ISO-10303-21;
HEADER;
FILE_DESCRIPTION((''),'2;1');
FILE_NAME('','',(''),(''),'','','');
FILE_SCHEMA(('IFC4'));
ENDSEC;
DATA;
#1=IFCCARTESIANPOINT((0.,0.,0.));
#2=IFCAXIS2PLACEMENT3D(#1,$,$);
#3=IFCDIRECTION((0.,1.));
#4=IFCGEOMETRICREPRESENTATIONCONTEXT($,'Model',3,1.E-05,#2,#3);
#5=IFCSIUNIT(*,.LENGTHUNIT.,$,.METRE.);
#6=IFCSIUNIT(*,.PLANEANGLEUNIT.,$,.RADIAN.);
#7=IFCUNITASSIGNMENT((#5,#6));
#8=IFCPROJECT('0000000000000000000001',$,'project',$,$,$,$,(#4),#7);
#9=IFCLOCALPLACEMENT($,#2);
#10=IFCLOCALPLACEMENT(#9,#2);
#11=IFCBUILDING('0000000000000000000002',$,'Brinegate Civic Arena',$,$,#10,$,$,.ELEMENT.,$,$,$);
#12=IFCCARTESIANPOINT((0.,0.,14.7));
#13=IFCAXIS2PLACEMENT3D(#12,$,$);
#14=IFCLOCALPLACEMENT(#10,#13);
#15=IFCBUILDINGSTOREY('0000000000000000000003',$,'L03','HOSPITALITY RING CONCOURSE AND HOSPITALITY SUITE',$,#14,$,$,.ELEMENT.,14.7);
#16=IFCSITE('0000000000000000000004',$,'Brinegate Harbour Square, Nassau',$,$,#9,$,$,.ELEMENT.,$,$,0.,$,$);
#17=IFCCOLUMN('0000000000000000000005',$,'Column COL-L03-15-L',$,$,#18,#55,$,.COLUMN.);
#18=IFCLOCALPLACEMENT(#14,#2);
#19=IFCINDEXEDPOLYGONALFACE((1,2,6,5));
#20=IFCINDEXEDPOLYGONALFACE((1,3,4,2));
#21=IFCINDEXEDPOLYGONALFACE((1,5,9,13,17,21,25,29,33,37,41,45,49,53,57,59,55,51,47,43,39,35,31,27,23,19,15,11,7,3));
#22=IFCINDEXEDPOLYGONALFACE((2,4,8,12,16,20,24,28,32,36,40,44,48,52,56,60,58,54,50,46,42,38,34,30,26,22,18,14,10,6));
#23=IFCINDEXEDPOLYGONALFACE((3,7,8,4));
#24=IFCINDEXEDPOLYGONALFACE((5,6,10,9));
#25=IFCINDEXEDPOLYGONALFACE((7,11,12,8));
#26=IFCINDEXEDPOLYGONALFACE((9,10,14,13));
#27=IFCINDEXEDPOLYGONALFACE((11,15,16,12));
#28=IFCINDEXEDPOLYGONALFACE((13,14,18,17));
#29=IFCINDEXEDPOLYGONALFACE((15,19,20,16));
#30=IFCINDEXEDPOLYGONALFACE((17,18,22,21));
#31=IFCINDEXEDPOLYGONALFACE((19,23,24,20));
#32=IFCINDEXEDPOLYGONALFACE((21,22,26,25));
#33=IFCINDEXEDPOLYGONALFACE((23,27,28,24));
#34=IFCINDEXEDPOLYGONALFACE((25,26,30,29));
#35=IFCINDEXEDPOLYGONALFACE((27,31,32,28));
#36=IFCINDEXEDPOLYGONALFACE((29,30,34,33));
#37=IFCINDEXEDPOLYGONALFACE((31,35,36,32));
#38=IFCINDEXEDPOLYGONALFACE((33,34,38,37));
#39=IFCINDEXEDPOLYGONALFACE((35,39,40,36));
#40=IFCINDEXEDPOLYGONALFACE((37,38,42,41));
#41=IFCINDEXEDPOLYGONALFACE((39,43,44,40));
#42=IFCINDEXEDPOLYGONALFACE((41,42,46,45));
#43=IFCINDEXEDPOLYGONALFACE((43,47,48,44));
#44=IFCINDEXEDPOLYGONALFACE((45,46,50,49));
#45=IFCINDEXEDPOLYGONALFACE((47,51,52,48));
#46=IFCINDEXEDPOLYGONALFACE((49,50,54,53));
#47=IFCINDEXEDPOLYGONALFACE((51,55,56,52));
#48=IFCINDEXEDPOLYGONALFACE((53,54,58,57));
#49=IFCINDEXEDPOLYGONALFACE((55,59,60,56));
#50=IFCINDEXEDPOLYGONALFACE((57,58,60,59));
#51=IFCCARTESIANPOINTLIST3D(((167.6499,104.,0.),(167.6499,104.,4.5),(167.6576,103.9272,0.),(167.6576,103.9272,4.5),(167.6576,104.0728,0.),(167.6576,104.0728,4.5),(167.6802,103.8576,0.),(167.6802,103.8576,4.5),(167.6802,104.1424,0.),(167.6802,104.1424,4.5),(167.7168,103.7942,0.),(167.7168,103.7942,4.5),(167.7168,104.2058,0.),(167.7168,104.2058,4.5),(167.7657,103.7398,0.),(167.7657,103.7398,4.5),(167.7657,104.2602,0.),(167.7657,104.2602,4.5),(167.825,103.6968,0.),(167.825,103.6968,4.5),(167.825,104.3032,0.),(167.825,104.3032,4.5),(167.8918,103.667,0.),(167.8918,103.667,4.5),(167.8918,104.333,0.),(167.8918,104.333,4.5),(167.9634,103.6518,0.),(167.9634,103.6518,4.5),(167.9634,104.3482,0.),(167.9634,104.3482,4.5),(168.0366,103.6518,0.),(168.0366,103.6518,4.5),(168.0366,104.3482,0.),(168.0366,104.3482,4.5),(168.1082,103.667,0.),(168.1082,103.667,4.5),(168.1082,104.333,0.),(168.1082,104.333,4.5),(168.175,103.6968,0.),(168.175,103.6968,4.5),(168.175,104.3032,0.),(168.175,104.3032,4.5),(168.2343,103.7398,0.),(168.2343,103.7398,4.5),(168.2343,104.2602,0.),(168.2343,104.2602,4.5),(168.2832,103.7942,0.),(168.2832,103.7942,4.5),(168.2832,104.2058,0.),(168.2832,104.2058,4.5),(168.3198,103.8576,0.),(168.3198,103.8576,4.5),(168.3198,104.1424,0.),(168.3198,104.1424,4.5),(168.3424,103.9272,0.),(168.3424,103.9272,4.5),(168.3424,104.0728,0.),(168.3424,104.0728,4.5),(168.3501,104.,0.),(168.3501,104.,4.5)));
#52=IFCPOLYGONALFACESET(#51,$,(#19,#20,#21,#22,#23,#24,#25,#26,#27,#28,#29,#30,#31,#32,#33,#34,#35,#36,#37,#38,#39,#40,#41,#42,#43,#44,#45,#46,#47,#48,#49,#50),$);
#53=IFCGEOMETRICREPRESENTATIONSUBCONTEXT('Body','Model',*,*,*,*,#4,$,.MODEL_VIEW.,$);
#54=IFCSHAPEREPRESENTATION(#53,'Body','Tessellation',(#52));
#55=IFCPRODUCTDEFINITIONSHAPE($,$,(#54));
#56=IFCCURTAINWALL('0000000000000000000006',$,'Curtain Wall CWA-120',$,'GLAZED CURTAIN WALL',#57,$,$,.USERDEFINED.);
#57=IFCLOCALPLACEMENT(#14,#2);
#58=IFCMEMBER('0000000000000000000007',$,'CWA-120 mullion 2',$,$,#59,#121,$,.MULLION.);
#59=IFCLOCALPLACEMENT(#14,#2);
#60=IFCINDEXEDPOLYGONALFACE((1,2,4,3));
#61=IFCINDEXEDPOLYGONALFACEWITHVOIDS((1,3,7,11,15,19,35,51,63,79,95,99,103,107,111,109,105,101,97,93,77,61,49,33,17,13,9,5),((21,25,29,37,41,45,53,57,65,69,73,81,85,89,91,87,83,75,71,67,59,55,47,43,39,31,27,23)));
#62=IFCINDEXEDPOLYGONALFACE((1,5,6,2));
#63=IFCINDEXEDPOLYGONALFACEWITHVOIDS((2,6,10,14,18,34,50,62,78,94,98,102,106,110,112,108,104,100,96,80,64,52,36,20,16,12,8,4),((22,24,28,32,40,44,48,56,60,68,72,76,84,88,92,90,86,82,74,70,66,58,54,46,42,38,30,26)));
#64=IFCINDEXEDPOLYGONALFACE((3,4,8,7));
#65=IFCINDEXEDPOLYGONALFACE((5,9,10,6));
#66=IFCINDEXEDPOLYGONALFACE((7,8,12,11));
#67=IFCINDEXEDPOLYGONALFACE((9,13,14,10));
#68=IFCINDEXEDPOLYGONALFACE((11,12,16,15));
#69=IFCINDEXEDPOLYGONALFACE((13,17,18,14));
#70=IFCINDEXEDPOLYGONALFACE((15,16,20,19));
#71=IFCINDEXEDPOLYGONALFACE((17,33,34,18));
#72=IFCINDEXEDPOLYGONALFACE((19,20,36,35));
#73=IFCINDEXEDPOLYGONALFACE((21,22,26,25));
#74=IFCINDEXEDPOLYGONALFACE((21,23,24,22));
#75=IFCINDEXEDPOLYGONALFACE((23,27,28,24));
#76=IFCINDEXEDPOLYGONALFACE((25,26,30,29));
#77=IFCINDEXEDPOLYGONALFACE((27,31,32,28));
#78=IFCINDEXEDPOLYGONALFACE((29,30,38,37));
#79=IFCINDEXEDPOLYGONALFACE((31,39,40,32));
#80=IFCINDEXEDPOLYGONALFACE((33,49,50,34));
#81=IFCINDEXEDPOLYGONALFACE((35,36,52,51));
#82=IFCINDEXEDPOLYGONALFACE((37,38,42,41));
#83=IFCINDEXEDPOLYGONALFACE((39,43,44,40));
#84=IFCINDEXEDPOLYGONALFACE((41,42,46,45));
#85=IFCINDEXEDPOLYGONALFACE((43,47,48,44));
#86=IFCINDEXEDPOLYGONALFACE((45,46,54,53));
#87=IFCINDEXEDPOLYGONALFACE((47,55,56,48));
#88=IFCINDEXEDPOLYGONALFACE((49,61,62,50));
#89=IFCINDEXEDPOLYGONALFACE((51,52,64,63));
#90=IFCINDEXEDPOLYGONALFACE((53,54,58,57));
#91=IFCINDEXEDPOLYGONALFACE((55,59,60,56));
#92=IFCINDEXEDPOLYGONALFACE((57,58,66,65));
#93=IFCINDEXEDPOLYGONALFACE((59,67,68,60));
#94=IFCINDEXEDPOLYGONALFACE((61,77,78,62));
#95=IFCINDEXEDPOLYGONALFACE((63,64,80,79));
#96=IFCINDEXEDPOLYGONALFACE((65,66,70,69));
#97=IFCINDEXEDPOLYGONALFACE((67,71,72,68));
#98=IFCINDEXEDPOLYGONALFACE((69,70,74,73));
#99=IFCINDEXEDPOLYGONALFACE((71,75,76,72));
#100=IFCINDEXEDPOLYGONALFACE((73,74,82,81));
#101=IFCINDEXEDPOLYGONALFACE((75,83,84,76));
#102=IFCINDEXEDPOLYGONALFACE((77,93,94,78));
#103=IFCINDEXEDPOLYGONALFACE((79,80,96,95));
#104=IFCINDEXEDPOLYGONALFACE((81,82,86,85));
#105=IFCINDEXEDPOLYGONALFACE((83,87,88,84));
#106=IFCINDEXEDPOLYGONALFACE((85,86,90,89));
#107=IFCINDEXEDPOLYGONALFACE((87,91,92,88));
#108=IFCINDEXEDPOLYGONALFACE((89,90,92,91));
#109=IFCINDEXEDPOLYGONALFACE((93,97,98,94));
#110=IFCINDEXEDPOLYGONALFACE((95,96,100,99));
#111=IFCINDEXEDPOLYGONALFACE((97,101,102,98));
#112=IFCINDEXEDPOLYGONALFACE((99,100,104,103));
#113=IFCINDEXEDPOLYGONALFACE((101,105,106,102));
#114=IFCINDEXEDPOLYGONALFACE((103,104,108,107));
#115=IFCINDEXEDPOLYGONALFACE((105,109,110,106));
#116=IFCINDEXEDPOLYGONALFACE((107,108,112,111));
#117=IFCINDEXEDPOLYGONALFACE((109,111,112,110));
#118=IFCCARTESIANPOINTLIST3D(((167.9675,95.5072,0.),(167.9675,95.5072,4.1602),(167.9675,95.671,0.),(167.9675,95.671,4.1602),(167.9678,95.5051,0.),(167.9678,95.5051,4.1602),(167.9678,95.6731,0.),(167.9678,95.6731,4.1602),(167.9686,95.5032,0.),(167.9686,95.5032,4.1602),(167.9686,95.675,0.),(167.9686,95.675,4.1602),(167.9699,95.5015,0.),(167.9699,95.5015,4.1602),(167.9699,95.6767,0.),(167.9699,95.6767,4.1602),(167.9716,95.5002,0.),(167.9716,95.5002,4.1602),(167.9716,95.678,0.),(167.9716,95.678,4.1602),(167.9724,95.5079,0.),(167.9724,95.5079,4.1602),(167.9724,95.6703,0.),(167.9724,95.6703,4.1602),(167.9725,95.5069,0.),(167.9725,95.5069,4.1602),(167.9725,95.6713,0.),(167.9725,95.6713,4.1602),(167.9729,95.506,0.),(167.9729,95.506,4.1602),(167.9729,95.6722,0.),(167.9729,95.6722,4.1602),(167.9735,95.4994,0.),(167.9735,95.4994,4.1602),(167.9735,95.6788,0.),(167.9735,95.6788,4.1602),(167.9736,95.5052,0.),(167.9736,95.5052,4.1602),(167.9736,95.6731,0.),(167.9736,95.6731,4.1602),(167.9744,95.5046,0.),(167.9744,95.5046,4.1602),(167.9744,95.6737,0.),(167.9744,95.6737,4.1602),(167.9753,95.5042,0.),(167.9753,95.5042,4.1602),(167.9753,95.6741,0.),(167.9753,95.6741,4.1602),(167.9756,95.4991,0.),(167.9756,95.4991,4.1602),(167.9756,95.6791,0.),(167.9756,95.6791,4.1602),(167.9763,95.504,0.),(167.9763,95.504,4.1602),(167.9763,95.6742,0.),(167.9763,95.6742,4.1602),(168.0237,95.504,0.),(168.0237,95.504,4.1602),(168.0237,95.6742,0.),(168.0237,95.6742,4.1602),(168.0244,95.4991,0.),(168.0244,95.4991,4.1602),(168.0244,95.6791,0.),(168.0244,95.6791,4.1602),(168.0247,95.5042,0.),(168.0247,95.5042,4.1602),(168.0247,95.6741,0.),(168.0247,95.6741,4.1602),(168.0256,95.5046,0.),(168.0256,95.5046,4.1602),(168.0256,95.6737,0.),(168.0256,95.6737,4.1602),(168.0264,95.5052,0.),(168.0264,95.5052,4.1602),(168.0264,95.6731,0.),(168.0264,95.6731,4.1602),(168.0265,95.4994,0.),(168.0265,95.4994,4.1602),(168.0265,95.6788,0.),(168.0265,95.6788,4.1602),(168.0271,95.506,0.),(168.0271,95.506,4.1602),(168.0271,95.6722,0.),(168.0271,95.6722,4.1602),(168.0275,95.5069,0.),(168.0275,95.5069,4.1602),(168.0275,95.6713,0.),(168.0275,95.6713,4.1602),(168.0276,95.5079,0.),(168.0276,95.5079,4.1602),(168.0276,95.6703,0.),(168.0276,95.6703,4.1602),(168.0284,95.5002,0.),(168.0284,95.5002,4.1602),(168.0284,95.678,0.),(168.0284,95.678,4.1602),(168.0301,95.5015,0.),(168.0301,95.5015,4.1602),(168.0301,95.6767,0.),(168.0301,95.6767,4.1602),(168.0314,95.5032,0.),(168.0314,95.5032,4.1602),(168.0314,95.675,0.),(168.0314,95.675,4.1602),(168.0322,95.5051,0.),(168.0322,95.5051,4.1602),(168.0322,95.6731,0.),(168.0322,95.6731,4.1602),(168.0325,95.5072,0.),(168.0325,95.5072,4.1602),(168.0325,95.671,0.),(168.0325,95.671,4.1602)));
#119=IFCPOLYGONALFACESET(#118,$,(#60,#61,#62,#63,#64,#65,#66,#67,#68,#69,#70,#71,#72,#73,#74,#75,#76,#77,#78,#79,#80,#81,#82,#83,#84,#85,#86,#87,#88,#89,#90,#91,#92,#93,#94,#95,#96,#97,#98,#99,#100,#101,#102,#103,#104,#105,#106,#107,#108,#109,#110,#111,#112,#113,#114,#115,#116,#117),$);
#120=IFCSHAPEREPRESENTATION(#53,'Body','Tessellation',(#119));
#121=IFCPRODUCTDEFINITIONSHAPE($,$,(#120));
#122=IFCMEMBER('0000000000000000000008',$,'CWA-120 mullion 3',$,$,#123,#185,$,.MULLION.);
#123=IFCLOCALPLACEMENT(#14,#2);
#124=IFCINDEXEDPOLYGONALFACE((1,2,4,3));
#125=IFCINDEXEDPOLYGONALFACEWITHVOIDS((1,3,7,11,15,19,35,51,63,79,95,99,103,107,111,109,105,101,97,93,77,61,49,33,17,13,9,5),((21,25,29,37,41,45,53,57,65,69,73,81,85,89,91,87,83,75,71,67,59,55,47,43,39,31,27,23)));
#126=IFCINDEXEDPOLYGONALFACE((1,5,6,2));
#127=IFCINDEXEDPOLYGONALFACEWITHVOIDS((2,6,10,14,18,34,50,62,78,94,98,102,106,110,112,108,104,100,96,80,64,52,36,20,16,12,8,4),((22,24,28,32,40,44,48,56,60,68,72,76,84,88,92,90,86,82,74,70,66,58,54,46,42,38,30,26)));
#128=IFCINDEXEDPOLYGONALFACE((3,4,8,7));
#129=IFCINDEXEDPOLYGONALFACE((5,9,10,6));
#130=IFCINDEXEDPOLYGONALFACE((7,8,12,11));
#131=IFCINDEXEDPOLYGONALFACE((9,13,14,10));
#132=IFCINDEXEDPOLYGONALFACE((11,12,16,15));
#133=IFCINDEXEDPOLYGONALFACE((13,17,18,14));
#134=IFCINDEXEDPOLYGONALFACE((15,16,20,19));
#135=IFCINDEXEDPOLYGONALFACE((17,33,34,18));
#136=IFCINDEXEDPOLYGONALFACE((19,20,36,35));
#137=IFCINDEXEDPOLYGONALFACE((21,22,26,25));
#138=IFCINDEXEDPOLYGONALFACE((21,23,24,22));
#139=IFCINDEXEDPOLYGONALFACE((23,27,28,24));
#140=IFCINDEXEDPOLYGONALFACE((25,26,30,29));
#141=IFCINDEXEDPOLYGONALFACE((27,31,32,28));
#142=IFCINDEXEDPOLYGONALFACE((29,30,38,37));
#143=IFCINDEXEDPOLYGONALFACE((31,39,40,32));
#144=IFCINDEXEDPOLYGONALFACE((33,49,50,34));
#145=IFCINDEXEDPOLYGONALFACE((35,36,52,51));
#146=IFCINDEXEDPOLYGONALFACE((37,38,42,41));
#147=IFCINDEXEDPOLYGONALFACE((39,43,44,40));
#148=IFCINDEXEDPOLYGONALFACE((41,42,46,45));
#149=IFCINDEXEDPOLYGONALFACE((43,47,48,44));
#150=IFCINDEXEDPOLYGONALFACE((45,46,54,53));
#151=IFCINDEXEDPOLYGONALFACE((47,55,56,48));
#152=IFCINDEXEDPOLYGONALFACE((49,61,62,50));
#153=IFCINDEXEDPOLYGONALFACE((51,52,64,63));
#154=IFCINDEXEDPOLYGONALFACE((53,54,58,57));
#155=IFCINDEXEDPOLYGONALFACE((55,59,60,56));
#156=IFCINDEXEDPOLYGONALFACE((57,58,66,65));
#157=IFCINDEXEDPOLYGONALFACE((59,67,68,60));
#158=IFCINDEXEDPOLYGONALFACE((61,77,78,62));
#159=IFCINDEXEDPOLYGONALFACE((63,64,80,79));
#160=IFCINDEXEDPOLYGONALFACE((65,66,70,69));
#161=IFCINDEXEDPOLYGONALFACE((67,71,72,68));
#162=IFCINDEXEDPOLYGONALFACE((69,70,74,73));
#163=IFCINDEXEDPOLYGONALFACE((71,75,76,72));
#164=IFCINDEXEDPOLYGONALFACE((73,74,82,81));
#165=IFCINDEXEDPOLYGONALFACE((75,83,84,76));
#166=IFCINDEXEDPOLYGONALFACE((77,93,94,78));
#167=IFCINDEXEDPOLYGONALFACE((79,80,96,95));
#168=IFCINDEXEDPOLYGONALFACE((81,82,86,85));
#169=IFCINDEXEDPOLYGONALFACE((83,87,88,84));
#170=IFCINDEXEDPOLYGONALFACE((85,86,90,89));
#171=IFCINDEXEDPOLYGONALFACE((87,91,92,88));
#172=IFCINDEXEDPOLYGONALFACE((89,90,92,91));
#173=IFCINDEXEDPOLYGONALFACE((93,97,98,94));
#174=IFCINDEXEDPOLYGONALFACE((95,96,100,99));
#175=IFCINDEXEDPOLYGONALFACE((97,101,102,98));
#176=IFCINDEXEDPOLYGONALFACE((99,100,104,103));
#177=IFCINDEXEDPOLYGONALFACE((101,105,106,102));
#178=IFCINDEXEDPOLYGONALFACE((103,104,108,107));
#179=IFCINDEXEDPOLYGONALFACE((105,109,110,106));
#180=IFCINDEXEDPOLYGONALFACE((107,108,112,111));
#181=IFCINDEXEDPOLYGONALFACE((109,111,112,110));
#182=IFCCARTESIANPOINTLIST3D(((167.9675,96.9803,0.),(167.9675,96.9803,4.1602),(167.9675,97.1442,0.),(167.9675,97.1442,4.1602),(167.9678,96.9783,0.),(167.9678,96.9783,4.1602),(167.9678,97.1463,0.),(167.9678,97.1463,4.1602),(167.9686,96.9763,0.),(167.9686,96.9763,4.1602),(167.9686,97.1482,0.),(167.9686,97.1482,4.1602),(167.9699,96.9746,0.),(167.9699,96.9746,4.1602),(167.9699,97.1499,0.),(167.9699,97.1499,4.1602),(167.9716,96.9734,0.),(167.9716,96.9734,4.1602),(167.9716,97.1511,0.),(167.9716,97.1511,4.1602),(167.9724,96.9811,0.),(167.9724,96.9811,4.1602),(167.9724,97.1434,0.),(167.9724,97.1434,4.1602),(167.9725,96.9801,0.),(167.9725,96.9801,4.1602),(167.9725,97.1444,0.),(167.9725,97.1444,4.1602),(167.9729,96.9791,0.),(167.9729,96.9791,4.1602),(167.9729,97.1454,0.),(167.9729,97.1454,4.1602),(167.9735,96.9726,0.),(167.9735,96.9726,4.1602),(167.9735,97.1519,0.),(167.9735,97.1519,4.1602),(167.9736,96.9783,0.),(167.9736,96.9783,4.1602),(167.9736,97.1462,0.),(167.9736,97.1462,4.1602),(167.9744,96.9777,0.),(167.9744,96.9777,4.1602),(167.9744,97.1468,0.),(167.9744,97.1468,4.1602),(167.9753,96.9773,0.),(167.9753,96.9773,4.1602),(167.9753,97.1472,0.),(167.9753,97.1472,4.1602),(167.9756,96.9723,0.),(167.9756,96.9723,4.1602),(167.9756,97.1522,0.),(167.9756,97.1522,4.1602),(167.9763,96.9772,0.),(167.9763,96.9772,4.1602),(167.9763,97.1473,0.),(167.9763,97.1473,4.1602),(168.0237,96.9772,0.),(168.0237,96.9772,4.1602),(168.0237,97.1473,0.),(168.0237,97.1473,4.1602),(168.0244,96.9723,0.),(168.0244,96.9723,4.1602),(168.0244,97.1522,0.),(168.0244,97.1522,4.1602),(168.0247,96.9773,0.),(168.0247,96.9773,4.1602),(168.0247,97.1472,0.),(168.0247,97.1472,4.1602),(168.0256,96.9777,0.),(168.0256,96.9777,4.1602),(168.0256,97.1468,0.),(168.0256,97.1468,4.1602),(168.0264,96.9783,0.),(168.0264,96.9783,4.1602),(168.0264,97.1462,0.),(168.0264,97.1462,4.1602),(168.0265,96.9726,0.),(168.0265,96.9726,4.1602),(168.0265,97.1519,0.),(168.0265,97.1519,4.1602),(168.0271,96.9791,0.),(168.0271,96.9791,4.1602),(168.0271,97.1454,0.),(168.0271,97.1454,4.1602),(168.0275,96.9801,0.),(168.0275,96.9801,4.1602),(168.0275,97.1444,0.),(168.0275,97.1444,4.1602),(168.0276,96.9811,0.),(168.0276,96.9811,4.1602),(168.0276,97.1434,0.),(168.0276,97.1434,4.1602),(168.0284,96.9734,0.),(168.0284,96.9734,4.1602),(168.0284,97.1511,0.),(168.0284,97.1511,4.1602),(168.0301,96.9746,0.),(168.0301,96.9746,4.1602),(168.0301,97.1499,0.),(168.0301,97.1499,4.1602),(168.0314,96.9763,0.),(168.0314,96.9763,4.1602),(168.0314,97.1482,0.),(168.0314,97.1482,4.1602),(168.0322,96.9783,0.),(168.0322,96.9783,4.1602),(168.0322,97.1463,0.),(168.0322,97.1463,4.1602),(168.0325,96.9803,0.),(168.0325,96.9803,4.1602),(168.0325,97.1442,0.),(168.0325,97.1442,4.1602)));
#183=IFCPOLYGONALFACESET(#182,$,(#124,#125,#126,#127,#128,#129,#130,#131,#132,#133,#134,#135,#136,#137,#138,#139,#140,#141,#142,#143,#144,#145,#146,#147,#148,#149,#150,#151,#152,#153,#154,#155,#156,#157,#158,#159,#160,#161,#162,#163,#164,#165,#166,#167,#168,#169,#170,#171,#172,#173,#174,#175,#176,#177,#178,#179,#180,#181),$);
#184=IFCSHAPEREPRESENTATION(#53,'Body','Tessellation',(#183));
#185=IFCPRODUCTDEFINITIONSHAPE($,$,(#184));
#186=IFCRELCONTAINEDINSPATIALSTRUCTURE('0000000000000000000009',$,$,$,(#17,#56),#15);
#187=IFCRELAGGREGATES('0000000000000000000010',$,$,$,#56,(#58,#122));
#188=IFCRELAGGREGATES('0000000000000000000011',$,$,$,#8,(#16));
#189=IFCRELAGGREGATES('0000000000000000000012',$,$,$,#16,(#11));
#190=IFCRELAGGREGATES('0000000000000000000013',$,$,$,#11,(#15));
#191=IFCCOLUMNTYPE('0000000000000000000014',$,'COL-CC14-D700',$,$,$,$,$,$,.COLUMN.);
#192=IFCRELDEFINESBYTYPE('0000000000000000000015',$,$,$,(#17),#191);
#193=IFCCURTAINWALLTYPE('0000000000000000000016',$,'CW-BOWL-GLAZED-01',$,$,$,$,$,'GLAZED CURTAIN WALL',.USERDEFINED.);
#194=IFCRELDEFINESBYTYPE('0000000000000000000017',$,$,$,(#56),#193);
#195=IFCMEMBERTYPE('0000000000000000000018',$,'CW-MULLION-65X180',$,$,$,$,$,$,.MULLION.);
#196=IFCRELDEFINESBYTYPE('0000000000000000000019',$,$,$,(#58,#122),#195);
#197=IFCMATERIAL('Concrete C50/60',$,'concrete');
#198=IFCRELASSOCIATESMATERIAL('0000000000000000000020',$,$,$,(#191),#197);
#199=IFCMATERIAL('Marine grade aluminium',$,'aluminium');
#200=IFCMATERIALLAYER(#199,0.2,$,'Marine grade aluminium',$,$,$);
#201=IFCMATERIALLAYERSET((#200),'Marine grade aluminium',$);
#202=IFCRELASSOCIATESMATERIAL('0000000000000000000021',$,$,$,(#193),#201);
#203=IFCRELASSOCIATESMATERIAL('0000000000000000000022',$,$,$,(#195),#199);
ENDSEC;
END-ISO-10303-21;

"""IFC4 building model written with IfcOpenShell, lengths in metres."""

from ifc_helpers import new_model, si_unit, direction, frame, origin, origin_2d, place, context, subcontext, project, spatial, hollow_rectangle, circle, extrude, material, layer, layer_set, material_profile, profile_set, type_object, element, aggregate, save


model = new_model("IFC4")

# Units and contexts
model_context = context("Model", 3, precision=1e-05, world=origin(), true_north=direction((0.0, 1.0)))
body_context = subcontext(model_context, "Body", "Model", "MODEL_VIEW")
ifc_project = project(units=[si_unit("LENGTHUNIT", "METRE"), si_unit("PLANEANGLEUNIT", "RADIAN")], contexts=[model_context])

# Site, building, storey
site_placement = place(None, origin())
site = spatial("IfcSite", under=ifc_project, at=site_placement, Name="Brinegate Harbour Square, Nassau", CompositionType="ELEMENT", RefElevation=0.0)
building_placement = place(site_placement, origin())
building = spatial("IfcBuilding", under=site, at=building_placement, Name="Brinegate Civic Arena", CompositionType="ELEMENT")
storey_placement = place(building_placement, frame((0.0, 0.0, 14.7)))
storey = spatial("IfcBuildingStorey", under=building, at=storey_placement, Name="L03", Description="HOSPITALITY RING CONCOURSE AND HOSPITALITY SUITE", CompositionType="ELEMENT", Elevation=14.7)

# Column
ifc_material_1 = material(Name="Concrete C50/60", Category="concrete")
ifc_material_profile_1 = material_profile(ifc_material_1, circle(Radius=0.3501, at=origin_2d()), Name="RCD700")
ifc_profile_set_1 = profile_set([ifc_material_profile_1], Name="Concrete C50/60")
column_type = type_object("IfcColumnType", Name="COL-CC14-D700", PredefinedType="COLUMN", material=ifc_profile_set_1)
column_placement = place(storey_placement, frame((168.0, 104.0, 0.0), z_axis=(0.0, 0.0, 1.0), x_axis=(1.0, 0.0, 0.0)))
element("IfcColumn", 1, at=column_placement, inside=storey, type_object=column_type, Name="Column COL-L03-15-L", PredefinedType="COLUMN", context=body_context, shape_type="SweptSolid", body=[
    extrude(circle(Radius=0.3501, at=origin_2d()), origin(), (0.0, 0.0, 1.0), 4.5),
])

# Curtain wall, members
ifc_material_2 = material(Name="Marine grade aluminium", Category="aluminium")
ifc_layer_1 = layer(ifc_material_2, 0.2, Name="Marine grade aluminium")
ifc_layer_set_1 = layer_set([ifc_layer_1], Name="Marine grade aluminium")
curtain_wall_type = type_object("IfcCurtainWallType", Name="CW-BOWL-GLAZED-01", ElementType="GLAZED CURTAIN WALL", PredefinedType="USERDEFINED", material=ifc_layer_set_1)
curtain_wall_placement = place(storey_placement, origin())
curtain_wall = element("IfcCurtainWall", 2, at=curtain_wall_placement, inside=storey, type_object=curtain_wall_type, Name="Curtain Wall CWA-120", ObjectType="GLAZED CURTAIN WALL", PredefinedType="USERDEFINED")
ifc_material_profile_2 = material_profile(ifc_material_2, hollow_rectangle(XDim=0.0649, YDim=0.1799, WallThickness=0.0049, InnerFilletRadius=0.0039, OuterFilletRadius=0.0081, at=origin_2d()), Name="MUL65X180")
ifc_profile_set_2 = profile_set([ifc_material_profile_2], Name="Marine grade aluminium")
member_type_1 = type_object("IfcMemberType", Name="CW-MULLION-65X180", PredefinedType="MULLION", material=ifc_profile_set_2)
member_1_placement = place(storey_placement, frame((168.0, 95.5891, 0.0), z_axis=(0.0, 0.0, 1.0), x_axis=(-1.0, 0.0, 0.0)))
member_1 = element("IfcMember", 3, at=member_1_placement, type_object=member_type_1, Name="CWA-120 mullion 2", PredefinedType="MULLION", context=body_context, shape_type="SweptSolid", body=[
    extrude(hollow_rectangle(XDim=0.0649, YDim=0.1799, WallThickness=0.0049, InnerFilletRadius=0.0039, OuterFilletRadius=0.0081, at=origin_2d()), origin(), (0.0, 0.0, 1.0), 4.1602),
])
member_2_placement = place(storey_placement, frame((168.0, 97.0623, 0.0), z_axis=(0.0, 0.0, 1.0), x_axis=(-1.0, 0.0, 0.0)))
member_2 = element("IfcMember", 4, at=member_2_placement, type_object=member_type_1, Name="CWA-120 mullion 3", PredefinedType="MULLION", context=body_context, shape_type="SweptSolid", body=[
    extrude(hollow_rectangle(XDim=0.0649, YDim=0.1799, WallThickness=0.0049, InnerFilletRadius=0.0039, OuterFilletRadius=0.0081, at=origin_2d()), origin(), (0.0, 0.0, 1.0), 4.1602),
])

aggregate(curtain_wall, [member_1, member_2])

save(model, "model.ifc")
